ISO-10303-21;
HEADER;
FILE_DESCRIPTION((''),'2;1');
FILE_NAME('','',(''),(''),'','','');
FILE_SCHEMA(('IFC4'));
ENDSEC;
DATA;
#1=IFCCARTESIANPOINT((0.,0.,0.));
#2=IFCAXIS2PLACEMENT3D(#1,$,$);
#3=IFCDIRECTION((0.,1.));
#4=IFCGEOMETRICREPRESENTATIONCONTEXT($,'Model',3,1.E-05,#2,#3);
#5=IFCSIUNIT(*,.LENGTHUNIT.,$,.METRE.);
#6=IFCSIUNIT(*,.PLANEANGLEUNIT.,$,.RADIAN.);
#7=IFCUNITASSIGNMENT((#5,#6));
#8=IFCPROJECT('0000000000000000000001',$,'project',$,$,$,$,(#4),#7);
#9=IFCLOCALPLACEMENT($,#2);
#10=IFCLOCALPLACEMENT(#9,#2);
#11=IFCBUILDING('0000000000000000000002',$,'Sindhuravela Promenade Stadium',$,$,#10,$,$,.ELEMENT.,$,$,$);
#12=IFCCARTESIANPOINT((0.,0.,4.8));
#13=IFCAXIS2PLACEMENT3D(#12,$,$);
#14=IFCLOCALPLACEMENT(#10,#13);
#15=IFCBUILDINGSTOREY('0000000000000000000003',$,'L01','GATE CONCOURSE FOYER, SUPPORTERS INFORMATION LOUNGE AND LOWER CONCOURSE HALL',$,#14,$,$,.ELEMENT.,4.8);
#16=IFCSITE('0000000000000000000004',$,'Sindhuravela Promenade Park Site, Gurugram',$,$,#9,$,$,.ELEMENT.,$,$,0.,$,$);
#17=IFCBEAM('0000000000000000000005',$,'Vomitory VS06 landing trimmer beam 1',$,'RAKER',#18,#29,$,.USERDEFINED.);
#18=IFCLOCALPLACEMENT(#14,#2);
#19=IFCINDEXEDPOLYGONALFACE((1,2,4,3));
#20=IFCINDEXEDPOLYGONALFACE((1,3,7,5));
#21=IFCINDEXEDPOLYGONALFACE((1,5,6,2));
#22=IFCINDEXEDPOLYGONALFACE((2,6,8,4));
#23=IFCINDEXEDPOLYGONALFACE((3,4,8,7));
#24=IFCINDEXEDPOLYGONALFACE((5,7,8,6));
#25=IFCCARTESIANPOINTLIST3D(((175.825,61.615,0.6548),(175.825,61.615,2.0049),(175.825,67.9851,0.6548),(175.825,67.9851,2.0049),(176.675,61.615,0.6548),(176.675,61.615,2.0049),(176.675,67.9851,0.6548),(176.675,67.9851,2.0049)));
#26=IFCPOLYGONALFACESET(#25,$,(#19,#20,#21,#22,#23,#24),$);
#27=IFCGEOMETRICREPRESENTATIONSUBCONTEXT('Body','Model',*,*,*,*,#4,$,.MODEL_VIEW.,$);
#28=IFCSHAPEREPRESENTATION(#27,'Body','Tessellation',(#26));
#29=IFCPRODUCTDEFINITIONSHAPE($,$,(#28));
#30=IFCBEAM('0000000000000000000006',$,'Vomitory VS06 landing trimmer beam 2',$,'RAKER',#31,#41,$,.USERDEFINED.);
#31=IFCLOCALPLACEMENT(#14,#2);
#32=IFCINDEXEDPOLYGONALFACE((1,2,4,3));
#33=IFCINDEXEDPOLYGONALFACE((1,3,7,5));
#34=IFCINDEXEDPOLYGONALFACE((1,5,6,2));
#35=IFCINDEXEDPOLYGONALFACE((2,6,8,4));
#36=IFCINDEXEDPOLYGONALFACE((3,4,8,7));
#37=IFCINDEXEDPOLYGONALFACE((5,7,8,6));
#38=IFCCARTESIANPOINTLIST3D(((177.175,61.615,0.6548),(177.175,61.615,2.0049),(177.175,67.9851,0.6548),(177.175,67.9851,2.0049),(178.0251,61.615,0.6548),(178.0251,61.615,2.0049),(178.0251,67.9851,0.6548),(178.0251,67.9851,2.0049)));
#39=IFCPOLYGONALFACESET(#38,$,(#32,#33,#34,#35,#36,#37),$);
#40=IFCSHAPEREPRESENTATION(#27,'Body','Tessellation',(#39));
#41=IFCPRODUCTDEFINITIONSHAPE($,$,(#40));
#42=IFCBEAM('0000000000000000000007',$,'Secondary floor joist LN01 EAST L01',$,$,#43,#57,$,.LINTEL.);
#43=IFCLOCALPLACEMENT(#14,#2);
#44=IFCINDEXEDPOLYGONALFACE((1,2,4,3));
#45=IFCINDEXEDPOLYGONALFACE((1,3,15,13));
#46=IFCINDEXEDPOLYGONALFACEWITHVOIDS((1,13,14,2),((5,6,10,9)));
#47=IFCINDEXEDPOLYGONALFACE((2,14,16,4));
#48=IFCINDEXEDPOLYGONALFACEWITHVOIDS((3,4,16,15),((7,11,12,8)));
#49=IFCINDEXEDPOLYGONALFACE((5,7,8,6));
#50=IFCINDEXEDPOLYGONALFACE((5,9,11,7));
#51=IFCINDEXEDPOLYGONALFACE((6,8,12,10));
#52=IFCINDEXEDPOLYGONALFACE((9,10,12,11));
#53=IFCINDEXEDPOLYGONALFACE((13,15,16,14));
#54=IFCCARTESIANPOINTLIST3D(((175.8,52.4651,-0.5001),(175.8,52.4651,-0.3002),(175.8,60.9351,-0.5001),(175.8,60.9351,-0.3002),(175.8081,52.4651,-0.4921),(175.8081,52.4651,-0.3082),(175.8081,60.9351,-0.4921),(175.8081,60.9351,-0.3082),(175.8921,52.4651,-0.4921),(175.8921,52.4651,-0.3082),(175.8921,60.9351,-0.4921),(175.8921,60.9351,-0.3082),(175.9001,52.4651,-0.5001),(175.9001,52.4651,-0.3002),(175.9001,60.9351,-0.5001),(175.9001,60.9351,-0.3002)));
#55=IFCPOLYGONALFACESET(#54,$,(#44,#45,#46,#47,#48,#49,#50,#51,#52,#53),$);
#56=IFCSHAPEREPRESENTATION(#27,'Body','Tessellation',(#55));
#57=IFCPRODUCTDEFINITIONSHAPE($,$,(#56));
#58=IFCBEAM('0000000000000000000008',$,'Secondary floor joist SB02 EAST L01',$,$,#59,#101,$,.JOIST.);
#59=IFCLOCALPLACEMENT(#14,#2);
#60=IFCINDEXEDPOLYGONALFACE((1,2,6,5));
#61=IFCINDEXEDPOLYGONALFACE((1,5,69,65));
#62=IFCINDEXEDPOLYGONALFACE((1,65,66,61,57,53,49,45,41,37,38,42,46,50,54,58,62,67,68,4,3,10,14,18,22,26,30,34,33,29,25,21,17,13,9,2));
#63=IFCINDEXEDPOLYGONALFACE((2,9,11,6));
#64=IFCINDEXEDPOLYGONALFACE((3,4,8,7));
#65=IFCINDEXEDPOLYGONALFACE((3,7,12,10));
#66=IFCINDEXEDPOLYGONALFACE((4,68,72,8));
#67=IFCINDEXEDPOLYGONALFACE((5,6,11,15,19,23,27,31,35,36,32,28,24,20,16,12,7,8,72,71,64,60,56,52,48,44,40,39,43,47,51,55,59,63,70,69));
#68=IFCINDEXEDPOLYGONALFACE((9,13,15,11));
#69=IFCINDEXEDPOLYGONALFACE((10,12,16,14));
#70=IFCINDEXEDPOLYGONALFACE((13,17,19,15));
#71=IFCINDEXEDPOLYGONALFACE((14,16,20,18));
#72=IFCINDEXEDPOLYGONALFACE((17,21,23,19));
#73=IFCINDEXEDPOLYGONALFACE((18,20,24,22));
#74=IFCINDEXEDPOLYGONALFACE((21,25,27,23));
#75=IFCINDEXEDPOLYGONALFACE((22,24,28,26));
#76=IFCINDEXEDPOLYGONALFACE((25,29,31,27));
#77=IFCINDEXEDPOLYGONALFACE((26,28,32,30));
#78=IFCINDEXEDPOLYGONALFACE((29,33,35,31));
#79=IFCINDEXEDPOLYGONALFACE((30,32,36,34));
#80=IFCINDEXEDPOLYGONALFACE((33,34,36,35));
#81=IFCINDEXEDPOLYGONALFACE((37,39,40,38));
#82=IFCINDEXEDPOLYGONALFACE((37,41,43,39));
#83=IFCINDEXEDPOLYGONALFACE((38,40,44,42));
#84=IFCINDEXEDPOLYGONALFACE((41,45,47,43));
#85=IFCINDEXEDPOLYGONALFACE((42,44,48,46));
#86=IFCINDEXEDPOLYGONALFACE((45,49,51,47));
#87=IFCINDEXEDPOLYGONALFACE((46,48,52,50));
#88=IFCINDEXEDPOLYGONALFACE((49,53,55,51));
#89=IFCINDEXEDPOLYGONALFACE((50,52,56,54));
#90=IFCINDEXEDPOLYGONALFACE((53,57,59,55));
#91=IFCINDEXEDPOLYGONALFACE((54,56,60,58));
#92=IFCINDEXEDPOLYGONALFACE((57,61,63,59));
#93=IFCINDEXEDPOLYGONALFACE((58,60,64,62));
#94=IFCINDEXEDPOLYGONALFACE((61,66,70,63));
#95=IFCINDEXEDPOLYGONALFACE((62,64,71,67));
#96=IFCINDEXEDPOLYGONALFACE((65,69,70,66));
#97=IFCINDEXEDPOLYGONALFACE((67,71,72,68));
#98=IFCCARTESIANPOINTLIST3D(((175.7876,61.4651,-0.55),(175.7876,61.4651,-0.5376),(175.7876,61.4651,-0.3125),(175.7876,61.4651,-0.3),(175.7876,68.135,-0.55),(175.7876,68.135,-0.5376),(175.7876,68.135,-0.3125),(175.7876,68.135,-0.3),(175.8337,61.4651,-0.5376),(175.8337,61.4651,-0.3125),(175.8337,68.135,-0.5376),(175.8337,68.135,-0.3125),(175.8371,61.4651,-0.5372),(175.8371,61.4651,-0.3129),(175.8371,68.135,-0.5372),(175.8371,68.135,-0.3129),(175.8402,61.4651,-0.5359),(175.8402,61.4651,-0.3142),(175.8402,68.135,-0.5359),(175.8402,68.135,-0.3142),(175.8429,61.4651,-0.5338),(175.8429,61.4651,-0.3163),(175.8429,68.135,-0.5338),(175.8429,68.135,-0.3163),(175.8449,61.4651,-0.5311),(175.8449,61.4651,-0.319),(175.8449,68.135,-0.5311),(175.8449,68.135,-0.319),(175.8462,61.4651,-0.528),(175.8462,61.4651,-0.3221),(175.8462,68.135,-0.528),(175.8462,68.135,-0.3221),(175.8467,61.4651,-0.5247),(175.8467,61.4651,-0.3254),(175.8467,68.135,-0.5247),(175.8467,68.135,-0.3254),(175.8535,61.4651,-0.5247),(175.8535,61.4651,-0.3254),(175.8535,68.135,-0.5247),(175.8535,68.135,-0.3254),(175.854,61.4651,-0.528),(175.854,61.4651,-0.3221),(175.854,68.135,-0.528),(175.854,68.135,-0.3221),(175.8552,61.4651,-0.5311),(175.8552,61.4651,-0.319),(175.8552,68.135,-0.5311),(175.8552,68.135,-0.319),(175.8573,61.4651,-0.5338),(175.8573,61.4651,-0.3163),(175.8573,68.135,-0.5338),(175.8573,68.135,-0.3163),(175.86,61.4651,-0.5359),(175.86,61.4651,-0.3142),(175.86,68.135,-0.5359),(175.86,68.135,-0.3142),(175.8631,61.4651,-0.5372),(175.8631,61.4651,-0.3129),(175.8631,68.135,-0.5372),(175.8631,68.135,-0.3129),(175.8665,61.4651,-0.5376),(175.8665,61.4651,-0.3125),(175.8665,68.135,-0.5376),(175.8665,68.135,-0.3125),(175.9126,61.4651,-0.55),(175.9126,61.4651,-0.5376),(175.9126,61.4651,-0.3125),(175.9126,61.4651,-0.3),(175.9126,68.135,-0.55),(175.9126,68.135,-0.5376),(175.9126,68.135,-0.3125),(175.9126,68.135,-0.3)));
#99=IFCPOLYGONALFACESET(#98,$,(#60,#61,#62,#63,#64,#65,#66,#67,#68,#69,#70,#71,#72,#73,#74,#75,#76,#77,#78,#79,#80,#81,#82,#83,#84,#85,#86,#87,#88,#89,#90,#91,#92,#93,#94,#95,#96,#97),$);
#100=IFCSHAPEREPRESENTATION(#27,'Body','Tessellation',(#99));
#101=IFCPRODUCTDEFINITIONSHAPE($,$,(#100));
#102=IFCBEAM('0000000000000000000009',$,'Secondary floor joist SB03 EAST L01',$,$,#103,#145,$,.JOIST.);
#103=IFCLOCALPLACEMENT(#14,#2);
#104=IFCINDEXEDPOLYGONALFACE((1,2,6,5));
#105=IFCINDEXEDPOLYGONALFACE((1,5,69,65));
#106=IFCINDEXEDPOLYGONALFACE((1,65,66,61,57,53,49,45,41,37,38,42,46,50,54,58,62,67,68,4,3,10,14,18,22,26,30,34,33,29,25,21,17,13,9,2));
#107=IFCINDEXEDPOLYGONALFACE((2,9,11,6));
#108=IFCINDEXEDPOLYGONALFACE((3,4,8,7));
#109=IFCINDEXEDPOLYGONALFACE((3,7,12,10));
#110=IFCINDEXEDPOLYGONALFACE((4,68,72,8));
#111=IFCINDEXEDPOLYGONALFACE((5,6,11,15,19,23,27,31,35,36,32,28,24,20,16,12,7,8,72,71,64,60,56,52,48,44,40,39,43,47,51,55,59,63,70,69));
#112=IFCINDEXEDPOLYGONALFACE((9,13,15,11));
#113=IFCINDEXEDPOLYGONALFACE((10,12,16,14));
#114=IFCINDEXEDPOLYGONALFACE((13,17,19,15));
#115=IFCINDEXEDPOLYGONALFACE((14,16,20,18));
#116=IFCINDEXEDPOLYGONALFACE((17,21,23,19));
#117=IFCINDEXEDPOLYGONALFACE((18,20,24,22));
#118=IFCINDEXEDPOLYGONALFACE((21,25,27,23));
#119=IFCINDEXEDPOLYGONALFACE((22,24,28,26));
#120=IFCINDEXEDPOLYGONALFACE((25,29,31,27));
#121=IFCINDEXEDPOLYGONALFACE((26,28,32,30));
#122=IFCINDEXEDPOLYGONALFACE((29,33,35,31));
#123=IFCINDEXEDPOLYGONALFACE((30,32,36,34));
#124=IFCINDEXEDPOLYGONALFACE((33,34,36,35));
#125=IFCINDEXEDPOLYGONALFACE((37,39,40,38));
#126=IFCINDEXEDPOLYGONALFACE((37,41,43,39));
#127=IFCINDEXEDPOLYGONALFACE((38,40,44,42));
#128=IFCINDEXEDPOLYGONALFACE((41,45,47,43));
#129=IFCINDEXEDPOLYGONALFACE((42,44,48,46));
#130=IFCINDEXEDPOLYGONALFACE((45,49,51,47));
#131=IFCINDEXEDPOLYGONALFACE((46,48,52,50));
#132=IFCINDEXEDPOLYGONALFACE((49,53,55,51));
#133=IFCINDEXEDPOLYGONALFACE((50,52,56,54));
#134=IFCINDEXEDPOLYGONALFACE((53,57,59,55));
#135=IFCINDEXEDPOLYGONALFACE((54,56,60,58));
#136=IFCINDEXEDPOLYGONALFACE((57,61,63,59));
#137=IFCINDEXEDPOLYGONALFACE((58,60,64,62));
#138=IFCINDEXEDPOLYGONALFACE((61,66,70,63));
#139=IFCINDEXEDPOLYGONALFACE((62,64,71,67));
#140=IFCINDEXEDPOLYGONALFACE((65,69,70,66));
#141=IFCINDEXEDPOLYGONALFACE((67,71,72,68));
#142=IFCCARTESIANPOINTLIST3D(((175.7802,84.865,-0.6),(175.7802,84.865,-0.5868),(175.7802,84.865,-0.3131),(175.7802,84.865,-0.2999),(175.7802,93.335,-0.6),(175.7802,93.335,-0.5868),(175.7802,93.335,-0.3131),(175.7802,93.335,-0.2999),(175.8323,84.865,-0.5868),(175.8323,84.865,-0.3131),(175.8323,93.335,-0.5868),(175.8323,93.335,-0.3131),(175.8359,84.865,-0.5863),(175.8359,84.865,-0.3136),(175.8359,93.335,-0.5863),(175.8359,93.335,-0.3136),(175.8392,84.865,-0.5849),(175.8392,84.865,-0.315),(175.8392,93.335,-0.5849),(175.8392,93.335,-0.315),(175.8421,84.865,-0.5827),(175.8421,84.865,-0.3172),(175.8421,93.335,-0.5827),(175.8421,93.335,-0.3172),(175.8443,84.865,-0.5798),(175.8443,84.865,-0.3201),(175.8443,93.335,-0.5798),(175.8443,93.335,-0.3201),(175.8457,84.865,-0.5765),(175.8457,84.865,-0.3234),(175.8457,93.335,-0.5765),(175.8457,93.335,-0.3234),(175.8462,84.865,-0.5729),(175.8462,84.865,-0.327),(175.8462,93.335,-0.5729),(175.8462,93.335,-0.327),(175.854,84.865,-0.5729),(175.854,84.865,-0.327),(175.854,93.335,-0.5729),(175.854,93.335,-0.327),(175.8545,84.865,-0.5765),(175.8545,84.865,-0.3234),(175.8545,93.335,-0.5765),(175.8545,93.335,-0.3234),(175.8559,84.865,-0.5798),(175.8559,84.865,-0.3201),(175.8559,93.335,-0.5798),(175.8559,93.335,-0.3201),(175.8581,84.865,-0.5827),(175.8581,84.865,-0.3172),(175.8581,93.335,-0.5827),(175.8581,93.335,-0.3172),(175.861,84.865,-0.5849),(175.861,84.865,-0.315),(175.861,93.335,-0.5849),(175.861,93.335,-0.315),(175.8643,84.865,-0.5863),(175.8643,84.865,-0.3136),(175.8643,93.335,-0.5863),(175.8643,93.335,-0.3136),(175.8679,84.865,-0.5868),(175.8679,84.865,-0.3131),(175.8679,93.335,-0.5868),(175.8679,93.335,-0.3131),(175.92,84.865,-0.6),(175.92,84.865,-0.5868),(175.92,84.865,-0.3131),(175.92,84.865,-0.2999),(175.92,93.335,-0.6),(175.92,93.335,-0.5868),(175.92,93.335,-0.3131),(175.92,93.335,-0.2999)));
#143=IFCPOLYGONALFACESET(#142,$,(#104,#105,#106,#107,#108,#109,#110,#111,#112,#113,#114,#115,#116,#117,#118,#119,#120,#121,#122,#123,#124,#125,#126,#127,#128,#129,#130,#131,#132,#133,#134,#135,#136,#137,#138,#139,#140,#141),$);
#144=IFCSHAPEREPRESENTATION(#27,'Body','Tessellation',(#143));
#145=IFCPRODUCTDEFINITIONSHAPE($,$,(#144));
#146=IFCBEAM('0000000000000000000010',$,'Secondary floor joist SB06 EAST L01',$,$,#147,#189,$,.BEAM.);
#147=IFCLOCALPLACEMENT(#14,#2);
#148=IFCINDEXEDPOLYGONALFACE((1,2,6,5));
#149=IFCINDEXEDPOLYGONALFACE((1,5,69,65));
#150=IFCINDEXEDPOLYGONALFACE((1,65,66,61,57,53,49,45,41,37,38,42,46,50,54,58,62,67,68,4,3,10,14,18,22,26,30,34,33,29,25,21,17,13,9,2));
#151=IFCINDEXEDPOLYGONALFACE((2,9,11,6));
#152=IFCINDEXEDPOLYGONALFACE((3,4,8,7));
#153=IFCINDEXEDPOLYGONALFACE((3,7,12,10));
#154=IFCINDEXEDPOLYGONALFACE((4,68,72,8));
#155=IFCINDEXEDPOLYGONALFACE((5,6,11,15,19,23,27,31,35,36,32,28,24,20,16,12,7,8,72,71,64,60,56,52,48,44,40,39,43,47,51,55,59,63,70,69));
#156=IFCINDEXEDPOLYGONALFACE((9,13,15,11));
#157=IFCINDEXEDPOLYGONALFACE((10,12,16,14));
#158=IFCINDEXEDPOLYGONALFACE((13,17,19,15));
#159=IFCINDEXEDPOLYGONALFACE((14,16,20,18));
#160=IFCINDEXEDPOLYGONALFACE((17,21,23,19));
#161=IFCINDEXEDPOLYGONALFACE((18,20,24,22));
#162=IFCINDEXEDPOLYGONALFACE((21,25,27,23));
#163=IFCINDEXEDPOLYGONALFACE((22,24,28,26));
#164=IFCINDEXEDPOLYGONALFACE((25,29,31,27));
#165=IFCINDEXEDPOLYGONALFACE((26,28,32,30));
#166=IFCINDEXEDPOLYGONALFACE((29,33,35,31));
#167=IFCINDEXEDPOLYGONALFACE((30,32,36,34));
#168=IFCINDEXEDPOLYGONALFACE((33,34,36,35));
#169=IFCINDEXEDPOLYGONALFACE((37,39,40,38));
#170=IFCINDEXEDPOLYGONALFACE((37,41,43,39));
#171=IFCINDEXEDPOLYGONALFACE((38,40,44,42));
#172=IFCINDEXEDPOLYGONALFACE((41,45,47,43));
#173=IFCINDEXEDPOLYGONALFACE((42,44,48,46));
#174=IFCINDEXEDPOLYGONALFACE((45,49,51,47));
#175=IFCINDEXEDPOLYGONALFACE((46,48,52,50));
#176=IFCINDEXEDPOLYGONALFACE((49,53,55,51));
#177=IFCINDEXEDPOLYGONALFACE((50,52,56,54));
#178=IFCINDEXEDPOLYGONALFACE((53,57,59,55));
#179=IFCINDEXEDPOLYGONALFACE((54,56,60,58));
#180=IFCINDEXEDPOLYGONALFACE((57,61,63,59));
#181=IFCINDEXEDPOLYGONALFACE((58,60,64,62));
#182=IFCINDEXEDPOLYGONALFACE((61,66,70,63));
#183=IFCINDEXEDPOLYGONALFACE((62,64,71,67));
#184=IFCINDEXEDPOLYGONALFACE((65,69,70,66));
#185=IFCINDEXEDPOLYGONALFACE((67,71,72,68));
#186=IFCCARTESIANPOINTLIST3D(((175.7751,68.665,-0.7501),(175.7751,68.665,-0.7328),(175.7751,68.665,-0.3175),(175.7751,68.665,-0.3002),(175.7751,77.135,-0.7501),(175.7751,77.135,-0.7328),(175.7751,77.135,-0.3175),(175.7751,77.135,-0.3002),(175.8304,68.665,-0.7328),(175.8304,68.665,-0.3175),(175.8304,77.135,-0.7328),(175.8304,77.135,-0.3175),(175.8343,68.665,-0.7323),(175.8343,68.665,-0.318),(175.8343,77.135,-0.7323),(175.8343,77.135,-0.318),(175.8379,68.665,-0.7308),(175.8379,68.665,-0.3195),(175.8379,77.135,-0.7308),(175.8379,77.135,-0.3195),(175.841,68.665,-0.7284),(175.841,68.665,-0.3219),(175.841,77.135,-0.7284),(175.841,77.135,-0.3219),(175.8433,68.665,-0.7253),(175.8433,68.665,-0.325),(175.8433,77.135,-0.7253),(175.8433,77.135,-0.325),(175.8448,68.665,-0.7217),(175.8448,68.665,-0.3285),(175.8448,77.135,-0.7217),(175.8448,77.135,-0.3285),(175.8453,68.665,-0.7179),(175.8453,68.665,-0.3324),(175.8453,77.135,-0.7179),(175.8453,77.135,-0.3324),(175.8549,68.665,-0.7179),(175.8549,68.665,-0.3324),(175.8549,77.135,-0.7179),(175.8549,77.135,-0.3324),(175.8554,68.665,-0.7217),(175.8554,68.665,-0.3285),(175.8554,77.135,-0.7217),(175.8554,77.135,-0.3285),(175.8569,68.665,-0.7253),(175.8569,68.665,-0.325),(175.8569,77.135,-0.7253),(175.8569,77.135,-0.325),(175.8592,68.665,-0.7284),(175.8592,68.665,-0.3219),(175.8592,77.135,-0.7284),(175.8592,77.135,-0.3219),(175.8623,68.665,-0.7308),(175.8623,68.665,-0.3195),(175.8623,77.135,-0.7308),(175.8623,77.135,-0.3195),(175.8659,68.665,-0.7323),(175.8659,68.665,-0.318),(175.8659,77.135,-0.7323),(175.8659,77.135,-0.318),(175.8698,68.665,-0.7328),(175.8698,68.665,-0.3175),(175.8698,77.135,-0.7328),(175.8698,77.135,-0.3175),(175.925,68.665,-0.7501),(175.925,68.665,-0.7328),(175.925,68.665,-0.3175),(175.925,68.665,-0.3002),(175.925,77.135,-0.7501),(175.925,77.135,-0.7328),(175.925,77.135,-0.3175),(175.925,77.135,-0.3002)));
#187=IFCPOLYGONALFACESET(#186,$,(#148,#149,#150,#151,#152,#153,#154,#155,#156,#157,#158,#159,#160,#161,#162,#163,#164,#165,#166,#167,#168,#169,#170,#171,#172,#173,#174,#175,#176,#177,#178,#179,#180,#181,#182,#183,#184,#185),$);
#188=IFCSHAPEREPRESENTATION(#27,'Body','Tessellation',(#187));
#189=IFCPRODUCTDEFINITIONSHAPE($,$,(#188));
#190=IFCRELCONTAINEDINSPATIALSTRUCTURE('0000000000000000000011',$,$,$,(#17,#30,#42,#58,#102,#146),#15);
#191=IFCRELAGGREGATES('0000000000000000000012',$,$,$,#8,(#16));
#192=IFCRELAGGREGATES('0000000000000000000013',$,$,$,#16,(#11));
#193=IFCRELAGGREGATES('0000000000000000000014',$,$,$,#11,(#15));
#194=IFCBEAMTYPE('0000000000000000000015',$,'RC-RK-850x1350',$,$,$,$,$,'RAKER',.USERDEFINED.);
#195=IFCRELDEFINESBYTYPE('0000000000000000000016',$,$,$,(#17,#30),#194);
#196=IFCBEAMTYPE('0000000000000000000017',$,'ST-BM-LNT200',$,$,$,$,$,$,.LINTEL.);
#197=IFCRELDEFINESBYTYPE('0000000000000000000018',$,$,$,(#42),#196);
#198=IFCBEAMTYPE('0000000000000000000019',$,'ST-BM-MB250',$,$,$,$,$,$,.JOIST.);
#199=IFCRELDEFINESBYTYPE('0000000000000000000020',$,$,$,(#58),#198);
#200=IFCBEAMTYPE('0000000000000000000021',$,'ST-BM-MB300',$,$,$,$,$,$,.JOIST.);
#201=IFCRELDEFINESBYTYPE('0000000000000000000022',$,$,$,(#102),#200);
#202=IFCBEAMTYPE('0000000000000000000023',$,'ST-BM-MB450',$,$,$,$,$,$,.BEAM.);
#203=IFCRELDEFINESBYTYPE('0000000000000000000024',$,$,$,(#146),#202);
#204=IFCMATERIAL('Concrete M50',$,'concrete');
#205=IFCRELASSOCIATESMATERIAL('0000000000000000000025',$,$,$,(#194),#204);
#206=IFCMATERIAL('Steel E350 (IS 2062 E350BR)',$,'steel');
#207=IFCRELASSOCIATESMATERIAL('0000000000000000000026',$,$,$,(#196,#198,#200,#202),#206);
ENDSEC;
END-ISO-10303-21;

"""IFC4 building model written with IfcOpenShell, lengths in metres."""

from ifc_helpers import new_model, si_unit, direction, frame, origin, origin_2d, place, context, subcontext, project, spatial, rectangle, hollow_rectangle, i_section, extrude, material, material_profile, profile_set, type_object, element, save


model = new_model("IFC4")

# Units and contexts
model_context = context("Model", 3, precision=1e-05, world=origin(), true_north=direction((0.0, 1.0)))
body_context = subcontext(model_context, "Body", "Model", "MODEL_VIEW")
ifc_project = project(units=[si_unit("LENGTHUNIT", "METRE"), si_unit("PLANEANGLEUNIT", "RADIAN")], contexts=[model_context])

# Site, building, storey
site_placement = place(None, origin())
site = spatial("IfcSite", under=ifc_project, at=site_placement, Name="Sindhuravela Promenade Park Site, Gurugram", CompositionType="ELEMENT", RefElevation=0.0)
building_placement = place(site_placement, origin())
building = spatial("IfcBuilding", under=site, at=building_placement, Name="Sindhuravela Promenade Stadium", CompositionType="ELEMENT")
storey_placement = place(building_placement, frame((0.0, 0.0, 4.8)))
storey = spatial("IfcBuildingStorey", under=building, at=storey_placement, Name="L01", Description="GATE CONCOURSE FOYER, SUPPORTERS INFORMATION LOUNGE AND LOWER CONCOURSE HALL", CompositionType="ELEMENT", Elevation=4.8)

# Beams
ifc_material_1 = material(Name="Concrete M50", Category="concrete")
ifc_material_profile_1 = material_profile(ifc_material_1, rectangle(XDim=0.8501, YDim=1.3501, at=origin_2d()), Name="RC 850x1350")
ifc_profile_set_1 = profile_set([ifc_material_profile_1], Name="Concrete M50")
beam_type_1 = type_object("IfcBeamType", Name="RC-RK-850x1350", ElementType="RAKER", PredefinedType="USERDEFINED", material=ifc_profile_set_1)
for number, where, z_axis, x_axis, name in (
    (1, (176.25, 61.615, 1.3298), (0.0, 1.0, 0.0), (-1.0, 0.0, 0.0), "Vomitory VS06 landing trimmer beam 1"),
    (2, (177.6001, 61.615, 1.3298), (0.0, 1.0, 0.0), (-1.0, 0.0, 0.0), "Vomitory VS06 landing trimmer beam 2"),
):
    element("IfcBeam", number, at=place(storey_placement, frame(where, z_axis=z_axis, x_axis=x_axis)), inside=storey, type_object=beam_type_1, Name=name, ObjectType="RAKER", PredefinedType="USERDEFINED", context=body_context, shape_type="SweptSolid", body=[
        extrude(rectangle(XDim=0.8501, YDim=1.3501, at=origin_2d()), origin(), (0.0, 0.0, 1.0), 6.3701),
    ])
ifc_material_2 = material(Name="Steel E350 (IS 2062 E350BR)", Category="steel")
ifc_material_profile_2 = material_profile(ifc_material_2, hollow_rectangle(XDim=0.1001, YDim=0.2, WallThickness=0.0081, at=origin_2d()), Name="RHS 200x100x8")
ifc_profile_set_2 = profile_set([ifc_material_profile_2], Name="Steel E350 (IS 2062 E350BR)")
beam_type_2 = type_object("IfcBeamType", Name="ST-BM-LNT200", PredefinedType="LINTEL", material=ifc_profile_set_2)
beam_1_placement = place(storey_placement, frame((175.8501, 52.4651, -0.4001), z_axis=(0.0, 1.0, 0.0), x_axis=(-1.0, 0.0, 0.0)))
element("IfcBeam", 3, at=beam_1_placement, inside=storey, type_object=beam_type_2, Name="Secondary floor joist LN01 EAST L01", PredefinedType="LINTEL", context=body_context, shape_type="SweptSolid", body=[
    extrude(hollow_rectangle(XDim=0.1001, YDim=0.2, WallThickness=0.0081, at=origin_2d()), origin(), (0.0, 0.0, 1.0), 8.47),
])
ifc_material_profile_3 = material_profile(ifc_material_2, i_section(OverallWidth=0.125, OverallDepth=0.25, WebThickness=0.0068, FlangeThickness=0.0125, FilletRadius=0.0129, at=origin_2d()), Name="ISMB 250")
ifc_profile_set_3 = profile_set([ifc_material_profile_3], Name="Steel E350 (IS 2062 E350BR)")
beam_type_3 = type_object("IfcBeamType", Name="ST-BM-MB250", PredefinedType="JOIST", material=ifc_profile_set_3)
beam_2_placement = place(storey_placement, frame((175.8501, 61.4651, -0.425), z_axis=(0.0, 1.0, 0.0), x_axis=(-1.0, 0.0, 0.0)))
element("IfcBeam", 4, at=beam_2_placement, inside=storey, type_object=beam_type_3, Name="Secondary floor joist SB02 EAST L01", PredefinedType="JOIST", context=body_context, shape_type="SweptSolid", body=[
    extrude(i_section(OverallWidth=0.125, OverallDepth=0.25, WebThickness=0.0068, FlangeThickness=0.0125, FilletRadius=0.0129, at=origin_2d()), origin(), (0.0, 0.0, 1.0), 6.6699),
])
ifc_material_profile_4 = material_profile(ifc_material_2, i_section(OverallWidth=0.1399, OverallDepth=0.3, WebThickness=0.0078, FlangeThickness=0.0132, FilletRadius=0.0139, at=origin_2d()), Name="ISMB 300")
ifc_profile_set_4 = profile_set([ifc_material_profile_4], Name="Steel E350 (IS 2062 E350BR)")
beam_type_4 = type_object("IfcBeamType", Name="ST-BM-MB300", PredefinedType="JOIST", material=ifc_profile_set_4)
beam_3_placement = place(storey_placement, frame((175.8501, 84.865, -0.45), z_axis=(0.0, 1.0, 0.0), x_axis=(-1.0, 0.0, 0.0)))
element("IfcBeam", 5, at=beam_3_placement, inside=storey, type_object=beam_type_4, Name="Secondary floor joist SB03 EAST L01", PredefinedType="JOIST", context=body_context, shape_type="SweptSolid", body=[
    extrude(i_section(OverallWidth=0.1399, OverallDepth=0.3, WebThickness=0.0078, FlangeThickness=0.0132, FilletRadius=0.0139, at=origin_2d()), origin(), (0.0, 0.0, 1.0), 8.47),
])
ifc_material_profile_5 = material_profile(ifc_material_2, i_section(OverallWidth=0.1499, OverallDepth=0.45, WebThickness=0.0095, FlangeThickness=0.0173, FilletRadius=0.0149, at=origin_2d()), Name="ISMB 450")
ifc_profile_set_5 = profile_set([ifc_material_profile_5], Name="Steel E350 (IS 2062 E350BR)")
beam_type_5 = type_object("IfcBeamType", Name="ST-BM-MB450", PredefinedType="BEAM", material=ifc_profile_set_5)
beam_4_placement = place(storey_placement, frame((175.8501, 68.665, -0.5251), z_axis=(0.0, 1.0, 0.0), x_axis=(-1.0, 0.0, 0.0)))
element("IfcBeam", 6, at=beam_4_placement, inside=storey, type_object=beam_type_5, Name="Secondary floor joist SB06 EAST L01", PredefinedType="BEAM", context=body_context, shape_type="SweptSolid", body=[
    extrude(i_section(OverallWidth=0.1499, OverallDepth=0.45, WebThickness=0.0095, FlangeThickness=0.0173, FilletRadius=0.0149, at=origin_2d()), origin(), (0.0, 0.0, 1.0), 8.47),
])

save(model, "model.ifc")
